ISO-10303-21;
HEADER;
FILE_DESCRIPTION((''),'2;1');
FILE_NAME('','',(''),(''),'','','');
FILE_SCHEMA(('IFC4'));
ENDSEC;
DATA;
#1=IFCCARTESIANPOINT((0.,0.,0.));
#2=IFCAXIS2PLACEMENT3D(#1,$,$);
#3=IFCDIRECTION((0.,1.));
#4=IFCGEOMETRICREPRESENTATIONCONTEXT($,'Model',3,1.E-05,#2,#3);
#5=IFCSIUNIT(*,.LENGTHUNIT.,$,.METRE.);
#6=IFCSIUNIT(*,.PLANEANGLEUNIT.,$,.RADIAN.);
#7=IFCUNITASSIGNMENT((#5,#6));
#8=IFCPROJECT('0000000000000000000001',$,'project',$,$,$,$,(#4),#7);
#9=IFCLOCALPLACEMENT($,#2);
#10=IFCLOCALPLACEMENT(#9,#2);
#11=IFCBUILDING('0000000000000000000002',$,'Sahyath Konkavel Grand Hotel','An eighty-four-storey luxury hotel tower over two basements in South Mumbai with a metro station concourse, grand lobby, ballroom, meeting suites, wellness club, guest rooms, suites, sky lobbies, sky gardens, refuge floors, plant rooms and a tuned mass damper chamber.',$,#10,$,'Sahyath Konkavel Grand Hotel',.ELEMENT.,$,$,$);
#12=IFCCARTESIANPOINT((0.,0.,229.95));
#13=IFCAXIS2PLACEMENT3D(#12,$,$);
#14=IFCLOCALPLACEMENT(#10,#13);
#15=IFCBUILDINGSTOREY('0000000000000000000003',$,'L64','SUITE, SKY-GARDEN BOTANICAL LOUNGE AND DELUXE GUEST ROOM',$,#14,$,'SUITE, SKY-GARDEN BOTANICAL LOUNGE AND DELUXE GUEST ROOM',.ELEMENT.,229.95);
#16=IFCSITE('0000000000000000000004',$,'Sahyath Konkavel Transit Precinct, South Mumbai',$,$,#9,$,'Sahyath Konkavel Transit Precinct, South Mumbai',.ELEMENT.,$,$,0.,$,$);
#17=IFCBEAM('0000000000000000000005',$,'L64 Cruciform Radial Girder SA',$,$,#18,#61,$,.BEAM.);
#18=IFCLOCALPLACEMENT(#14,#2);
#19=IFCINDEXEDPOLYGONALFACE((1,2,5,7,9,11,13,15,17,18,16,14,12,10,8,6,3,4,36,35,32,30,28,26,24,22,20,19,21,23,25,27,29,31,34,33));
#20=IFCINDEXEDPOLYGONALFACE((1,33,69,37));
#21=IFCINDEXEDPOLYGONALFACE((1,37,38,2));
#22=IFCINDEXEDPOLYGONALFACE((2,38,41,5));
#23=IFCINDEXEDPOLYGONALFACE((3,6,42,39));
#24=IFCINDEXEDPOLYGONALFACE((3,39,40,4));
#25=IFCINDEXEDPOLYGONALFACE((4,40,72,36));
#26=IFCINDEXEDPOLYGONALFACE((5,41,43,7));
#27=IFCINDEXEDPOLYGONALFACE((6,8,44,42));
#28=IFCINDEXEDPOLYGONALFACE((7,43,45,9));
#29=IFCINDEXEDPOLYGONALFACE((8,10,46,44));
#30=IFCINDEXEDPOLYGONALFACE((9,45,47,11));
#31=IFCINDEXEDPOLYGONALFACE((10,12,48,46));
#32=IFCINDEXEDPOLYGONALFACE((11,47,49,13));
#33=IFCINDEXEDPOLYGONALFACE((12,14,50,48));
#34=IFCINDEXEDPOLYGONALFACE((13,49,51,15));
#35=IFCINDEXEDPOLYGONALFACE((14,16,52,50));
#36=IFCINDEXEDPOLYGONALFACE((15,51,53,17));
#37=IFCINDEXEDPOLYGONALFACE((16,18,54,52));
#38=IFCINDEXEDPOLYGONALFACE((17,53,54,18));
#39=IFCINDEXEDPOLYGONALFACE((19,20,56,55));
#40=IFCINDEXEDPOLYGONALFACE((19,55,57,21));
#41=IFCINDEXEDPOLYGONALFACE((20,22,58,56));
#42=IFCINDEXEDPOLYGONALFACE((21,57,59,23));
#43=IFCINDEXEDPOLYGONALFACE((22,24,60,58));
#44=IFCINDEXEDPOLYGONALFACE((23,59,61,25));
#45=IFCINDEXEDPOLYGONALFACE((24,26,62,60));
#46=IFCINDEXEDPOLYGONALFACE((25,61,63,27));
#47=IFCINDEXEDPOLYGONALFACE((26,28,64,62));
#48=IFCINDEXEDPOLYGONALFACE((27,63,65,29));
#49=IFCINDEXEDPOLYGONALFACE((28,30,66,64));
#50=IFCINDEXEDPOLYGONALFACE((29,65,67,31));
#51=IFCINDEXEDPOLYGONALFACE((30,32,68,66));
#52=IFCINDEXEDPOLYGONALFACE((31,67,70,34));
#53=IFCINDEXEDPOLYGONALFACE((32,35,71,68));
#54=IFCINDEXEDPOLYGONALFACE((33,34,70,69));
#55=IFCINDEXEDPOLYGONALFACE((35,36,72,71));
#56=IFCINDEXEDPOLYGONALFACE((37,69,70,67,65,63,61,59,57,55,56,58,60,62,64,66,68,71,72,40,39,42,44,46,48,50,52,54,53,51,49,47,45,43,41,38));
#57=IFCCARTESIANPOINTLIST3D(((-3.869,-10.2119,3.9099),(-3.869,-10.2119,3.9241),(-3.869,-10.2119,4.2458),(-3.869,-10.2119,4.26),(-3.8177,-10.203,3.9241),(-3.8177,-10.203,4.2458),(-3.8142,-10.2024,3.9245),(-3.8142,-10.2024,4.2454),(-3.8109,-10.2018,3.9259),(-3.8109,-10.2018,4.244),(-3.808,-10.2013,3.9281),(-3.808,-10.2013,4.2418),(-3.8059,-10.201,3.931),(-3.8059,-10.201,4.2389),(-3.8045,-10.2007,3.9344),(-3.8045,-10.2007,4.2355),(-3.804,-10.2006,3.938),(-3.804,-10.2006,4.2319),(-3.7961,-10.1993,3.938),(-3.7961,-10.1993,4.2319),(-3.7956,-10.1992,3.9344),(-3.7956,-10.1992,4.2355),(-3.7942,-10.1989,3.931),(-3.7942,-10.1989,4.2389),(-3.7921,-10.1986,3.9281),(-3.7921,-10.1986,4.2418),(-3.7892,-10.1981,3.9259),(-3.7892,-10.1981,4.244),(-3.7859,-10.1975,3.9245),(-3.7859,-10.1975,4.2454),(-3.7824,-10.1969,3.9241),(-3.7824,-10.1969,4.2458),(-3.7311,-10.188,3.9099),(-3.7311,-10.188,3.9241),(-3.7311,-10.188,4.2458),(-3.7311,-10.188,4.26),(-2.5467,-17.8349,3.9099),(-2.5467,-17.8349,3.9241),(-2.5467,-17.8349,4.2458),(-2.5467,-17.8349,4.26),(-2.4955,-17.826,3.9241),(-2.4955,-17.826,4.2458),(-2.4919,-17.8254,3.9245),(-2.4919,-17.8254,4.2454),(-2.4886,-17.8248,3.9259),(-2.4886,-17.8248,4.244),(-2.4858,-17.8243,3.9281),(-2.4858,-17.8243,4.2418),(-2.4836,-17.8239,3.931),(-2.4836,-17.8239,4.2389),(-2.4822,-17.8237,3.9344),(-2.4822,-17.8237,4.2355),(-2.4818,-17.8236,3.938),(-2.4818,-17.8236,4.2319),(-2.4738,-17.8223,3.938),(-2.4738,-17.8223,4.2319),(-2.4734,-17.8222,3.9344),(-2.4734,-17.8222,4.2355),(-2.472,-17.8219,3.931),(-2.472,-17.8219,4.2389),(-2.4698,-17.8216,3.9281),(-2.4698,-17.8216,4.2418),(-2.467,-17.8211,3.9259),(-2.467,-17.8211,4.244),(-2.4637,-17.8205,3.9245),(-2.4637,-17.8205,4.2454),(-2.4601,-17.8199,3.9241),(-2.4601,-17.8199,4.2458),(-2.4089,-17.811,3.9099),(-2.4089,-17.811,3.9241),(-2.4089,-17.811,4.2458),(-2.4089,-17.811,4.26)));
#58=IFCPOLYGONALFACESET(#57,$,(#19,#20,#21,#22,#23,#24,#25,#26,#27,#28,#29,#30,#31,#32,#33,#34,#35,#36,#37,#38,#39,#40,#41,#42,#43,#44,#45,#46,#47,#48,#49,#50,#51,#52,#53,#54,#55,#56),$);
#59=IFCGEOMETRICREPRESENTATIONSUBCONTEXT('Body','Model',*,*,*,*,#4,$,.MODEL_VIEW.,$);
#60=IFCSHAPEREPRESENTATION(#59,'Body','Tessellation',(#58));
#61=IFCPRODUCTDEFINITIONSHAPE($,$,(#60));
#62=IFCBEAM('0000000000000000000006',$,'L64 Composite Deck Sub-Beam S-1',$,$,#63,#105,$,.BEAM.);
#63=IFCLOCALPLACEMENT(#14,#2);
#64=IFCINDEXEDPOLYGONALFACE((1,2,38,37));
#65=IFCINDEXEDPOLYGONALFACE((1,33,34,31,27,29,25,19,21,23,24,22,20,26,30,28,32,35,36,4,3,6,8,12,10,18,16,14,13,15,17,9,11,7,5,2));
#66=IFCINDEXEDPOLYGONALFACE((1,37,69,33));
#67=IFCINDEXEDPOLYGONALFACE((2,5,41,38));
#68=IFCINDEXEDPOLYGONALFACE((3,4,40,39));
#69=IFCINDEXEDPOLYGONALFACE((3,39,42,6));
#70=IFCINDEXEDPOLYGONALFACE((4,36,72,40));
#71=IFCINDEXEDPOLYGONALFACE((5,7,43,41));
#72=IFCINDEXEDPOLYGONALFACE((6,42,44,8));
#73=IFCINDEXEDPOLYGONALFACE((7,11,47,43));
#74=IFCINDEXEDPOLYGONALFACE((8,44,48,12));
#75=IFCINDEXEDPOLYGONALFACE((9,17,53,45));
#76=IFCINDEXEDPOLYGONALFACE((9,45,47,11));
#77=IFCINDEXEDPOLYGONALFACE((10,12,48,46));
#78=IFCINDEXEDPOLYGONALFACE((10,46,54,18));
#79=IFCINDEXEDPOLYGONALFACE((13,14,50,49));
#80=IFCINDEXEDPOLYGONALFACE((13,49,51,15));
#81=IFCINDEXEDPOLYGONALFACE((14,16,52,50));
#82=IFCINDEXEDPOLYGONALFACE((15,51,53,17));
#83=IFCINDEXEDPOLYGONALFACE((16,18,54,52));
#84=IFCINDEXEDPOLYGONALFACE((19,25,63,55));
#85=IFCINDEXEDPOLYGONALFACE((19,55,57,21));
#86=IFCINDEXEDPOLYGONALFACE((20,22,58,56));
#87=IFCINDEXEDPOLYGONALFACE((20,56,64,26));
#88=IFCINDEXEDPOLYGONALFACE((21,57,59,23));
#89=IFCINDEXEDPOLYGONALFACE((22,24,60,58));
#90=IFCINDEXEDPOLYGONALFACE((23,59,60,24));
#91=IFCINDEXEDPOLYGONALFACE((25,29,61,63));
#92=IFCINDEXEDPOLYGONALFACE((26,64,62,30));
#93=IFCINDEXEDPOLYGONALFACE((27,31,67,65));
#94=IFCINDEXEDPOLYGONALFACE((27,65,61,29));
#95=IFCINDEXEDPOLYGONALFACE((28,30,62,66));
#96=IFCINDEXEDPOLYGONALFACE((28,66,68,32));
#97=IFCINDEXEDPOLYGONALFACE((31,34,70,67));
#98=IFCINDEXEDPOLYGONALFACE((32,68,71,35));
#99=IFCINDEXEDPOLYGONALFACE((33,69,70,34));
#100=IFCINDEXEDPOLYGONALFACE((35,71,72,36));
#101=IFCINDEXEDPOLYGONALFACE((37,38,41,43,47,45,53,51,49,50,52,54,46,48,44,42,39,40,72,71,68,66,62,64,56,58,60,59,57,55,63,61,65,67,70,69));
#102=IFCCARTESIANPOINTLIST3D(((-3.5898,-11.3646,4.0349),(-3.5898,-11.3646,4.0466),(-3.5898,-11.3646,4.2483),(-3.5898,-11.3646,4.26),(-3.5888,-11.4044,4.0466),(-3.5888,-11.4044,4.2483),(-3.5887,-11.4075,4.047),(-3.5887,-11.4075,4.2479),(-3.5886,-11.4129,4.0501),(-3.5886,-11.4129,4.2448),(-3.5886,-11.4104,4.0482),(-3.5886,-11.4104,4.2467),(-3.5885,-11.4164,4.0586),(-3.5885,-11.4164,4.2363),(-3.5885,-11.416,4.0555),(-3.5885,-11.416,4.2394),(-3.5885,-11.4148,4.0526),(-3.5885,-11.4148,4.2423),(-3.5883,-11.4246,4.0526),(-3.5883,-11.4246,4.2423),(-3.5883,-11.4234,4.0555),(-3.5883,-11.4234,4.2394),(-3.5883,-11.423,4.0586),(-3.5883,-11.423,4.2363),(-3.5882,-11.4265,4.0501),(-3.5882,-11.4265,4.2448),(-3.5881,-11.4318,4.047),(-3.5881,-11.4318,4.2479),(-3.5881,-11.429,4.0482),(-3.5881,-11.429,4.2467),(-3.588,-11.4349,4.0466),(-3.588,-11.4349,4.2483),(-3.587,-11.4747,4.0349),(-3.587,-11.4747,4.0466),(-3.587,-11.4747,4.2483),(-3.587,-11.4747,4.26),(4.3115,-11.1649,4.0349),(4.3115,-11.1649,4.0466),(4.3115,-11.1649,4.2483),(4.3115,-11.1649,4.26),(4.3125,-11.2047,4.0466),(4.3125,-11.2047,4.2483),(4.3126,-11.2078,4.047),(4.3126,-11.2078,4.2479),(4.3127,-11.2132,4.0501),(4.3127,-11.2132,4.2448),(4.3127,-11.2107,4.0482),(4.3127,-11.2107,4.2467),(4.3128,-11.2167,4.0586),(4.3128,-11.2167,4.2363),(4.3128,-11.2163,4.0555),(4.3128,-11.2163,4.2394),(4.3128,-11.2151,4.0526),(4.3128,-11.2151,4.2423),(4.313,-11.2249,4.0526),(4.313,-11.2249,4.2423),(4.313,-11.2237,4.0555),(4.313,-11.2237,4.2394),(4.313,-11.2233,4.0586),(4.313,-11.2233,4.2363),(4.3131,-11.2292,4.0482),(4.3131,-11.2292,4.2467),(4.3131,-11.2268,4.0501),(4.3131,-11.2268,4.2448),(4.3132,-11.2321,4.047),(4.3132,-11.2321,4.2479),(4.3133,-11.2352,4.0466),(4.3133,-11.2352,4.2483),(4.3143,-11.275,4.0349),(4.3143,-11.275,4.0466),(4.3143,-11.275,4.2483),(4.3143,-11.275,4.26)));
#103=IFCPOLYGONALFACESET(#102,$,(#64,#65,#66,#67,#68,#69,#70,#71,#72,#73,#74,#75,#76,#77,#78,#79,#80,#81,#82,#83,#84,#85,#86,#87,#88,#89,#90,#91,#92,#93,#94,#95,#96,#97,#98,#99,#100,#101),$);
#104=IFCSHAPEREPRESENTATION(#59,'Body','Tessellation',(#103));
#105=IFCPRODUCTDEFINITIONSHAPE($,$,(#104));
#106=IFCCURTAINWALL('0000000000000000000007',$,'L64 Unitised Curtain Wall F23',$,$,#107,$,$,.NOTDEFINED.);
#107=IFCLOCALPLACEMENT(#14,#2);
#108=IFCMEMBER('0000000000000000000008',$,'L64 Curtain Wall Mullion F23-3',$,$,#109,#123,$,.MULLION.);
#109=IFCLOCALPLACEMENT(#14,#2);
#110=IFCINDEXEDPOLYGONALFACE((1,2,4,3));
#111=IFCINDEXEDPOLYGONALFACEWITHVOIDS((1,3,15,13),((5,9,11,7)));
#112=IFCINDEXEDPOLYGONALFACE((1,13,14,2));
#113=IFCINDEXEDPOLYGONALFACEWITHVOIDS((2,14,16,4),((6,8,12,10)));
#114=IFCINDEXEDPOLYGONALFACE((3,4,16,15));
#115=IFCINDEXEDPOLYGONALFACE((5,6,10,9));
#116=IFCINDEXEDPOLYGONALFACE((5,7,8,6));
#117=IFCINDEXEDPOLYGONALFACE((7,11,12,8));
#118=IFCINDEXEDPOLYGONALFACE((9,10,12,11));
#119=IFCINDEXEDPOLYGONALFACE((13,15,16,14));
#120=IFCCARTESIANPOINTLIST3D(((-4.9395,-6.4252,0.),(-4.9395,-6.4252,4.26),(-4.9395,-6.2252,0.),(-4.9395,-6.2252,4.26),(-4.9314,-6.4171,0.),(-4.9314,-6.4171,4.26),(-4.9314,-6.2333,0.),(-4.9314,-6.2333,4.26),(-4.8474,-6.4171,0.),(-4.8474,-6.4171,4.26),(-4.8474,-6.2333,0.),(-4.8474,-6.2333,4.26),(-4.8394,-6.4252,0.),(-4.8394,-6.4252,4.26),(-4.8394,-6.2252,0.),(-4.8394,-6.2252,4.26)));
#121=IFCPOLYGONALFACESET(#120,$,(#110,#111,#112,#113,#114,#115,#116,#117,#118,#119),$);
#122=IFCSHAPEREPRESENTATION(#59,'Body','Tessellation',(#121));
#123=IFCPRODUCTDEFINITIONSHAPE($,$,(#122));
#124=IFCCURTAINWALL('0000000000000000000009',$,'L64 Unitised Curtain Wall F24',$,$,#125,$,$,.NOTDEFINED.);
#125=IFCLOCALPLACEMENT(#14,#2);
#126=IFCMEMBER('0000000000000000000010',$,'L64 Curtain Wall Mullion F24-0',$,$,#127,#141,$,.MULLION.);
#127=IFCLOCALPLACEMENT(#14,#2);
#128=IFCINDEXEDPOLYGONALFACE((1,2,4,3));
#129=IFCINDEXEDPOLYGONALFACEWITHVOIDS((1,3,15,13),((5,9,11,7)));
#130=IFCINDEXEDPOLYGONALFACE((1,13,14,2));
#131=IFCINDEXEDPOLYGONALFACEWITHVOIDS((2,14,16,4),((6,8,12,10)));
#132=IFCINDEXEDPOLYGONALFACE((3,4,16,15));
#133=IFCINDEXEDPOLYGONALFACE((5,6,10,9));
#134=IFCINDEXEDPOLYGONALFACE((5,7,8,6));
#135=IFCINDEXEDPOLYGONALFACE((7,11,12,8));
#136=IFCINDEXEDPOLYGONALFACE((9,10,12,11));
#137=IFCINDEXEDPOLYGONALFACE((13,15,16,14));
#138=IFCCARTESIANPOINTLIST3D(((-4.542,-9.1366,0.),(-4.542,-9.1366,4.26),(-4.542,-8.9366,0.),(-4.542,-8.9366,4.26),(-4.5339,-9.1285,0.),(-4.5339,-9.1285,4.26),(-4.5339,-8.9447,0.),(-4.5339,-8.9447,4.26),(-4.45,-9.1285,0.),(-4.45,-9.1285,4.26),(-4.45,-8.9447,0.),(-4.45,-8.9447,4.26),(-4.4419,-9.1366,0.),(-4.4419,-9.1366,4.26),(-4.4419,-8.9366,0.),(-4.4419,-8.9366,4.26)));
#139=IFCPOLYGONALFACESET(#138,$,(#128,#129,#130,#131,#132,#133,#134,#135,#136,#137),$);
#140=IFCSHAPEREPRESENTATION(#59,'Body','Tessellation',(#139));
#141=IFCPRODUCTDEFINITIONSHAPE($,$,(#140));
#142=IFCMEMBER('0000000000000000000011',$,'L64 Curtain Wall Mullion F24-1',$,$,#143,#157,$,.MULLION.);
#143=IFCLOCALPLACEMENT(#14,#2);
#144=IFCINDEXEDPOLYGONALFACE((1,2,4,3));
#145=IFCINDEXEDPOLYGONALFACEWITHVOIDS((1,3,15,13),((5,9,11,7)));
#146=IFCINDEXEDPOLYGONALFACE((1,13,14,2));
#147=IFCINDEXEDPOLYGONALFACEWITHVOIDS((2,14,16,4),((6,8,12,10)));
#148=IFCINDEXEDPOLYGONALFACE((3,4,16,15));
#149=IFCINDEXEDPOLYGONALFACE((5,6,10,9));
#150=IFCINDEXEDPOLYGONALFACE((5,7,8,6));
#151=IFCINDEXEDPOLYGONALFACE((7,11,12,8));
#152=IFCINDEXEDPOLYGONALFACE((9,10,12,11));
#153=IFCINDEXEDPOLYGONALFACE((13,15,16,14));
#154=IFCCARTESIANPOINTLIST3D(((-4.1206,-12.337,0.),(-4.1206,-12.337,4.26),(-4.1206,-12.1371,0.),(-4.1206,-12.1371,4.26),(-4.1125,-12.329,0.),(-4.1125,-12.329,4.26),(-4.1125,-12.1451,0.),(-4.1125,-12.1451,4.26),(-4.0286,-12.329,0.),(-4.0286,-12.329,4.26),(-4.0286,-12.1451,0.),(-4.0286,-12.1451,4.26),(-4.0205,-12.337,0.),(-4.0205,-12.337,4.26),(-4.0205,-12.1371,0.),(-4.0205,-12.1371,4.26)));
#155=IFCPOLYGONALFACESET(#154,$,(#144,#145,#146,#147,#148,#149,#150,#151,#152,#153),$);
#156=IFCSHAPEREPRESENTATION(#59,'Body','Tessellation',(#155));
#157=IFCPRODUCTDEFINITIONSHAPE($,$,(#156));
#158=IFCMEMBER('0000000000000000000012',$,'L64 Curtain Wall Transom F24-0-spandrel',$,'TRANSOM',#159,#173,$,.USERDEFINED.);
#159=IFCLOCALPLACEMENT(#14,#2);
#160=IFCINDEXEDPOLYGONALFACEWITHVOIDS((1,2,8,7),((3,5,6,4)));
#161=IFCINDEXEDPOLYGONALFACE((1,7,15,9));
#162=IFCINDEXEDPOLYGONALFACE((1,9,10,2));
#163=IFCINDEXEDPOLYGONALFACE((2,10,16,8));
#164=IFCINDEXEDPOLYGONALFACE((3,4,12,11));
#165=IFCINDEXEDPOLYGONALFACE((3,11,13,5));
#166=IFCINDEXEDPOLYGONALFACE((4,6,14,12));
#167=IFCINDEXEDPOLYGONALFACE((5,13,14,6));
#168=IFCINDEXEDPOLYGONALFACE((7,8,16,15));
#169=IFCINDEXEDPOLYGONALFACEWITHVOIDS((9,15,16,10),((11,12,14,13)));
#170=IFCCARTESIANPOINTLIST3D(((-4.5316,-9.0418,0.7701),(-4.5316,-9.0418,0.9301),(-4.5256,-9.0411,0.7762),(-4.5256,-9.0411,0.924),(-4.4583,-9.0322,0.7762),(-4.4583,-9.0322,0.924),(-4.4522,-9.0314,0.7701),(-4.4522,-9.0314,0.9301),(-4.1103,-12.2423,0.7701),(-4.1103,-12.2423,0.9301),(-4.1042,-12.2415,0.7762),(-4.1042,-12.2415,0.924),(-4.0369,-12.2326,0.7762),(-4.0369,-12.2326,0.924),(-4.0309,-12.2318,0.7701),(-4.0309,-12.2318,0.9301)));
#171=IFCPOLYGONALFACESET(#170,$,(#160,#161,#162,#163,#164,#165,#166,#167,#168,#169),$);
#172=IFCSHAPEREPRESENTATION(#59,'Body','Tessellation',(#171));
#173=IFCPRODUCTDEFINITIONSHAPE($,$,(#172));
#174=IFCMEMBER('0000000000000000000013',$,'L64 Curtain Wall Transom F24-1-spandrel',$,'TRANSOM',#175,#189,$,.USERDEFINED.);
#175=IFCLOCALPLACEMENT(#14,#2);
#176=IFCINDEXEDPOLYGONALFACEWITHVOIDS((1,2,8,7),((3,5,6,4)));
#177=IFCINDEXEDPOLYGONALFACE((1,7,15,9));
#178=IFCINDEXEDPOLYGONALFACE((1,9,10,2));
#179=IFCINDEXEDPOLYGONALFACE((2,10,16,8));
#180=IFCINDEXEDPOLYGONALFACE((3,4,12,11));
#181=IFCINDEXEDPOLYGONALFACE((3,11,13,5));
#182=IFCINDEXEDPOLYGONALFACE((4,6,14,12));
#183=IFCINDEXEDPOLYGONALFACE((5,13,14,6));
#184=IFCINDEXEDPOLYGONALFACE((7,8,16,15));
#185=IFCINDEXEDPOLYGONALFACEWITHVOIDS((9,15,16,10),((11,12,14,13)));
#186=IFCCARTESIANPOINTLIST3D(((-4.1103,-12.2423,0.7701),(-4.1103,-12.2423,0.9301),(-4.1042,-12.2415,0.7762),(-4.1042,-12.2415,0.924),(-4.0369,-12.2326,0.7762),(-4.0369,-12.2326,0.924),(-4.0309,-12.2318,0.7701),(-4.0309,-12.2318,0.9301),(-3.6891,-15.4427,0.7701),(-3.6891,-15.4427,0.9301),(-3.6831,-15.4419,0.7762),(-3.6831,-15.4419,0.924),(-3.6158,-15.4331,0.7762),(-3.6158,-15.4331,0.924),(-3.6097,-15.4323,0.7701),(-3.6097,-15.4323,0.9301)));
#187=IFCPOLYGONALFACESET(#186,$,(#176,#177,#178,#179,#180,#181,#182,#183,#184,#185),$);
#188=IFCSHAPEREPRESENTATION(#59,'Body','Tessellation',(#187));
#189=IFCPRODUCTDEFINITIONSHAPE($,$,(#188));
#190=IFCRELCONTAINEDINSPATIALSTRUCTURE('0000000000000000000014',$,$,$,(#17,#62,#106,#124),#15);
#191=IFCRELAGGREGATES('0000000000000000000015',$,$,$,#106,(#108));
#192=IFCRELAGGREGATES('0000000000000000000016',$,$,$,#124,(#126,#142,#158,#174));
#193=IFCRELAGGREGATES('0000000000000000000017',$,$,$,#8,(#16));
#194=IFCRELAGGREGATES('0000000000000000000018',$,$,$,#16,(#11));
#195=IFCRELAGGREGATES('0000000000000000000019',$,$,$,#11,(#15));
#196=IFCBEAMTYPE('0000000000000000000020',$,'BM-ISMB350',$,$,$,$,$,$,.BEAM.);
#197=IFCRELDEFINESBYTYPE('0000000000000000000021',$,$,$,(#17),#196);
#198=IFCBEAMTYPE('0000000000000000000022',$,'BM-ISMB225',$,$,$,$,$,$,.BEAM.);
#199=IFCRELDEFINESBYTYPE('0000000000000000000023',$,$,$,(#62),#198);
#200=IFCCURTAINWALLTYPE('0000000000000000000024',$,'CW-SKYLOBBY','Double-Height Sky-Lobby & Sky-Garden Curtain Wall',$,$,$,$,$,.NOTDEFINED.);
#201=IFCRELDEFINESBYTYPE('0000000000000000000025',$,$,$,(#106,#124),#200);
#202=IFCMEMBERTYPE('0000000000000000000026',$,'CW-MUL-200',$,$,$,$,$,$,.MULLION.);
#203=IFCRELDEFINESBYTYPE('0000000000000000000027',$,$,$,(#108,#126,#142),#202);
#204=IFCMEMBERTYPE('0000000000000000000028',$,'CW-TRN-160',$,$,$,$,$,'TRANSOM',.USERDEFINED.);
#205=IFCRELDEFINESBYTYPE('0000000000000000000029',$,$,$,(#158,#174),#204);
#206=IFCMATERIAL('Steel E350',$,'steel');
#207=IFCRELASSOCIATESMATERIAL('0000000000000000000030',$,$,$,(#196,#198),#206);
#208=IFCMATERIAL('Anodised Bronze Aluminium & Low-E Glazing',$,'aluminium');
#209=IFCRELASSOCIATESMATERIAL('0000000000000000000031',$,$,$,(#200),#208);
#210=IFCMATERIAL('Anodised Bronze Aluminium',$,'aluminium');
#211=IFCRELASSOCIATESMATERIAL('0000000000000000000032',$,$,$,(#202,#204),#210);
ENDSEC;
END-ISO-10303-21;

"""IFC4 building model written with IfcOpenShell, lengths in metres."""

from ifc_helpers import new_model, si_unit, direction, frame, origin, origin_2d, place, context, subcontext, project, spatial, hollow_rectangle, i_section, extrude, source, transform, mapped, material, material_profile, profile_set, type_object, element, aggregate, save


model = new_model("IFC4")

# Units and contexts
model_context = context("Model", 3, precision=1e-05, world=origin(), true_north=direction((0.0, 1.0)))
body_context = subcontext(model_context, "Body", "Model", "MODEL_VIEW")
ifc_project = project(units=[si_unit("LENGTHUNIT", "METRE"), si_unit("PLANEANGLEUNIT", "RADIAN")], contexts=[model_context])

# Site, building, storey
site_placement = place(None, origin())
site = spatial("IfcSite", under=ifc_project, at=site_placement, Name="Sahyath Konkavel Transit Precinct, South Mumbai", LongName="Sahyath Konkavel Transit Precinct, South Mumbai", CompositionType="ELEMENT", RefElevation=0.0)
building_placement = place(site_placement, origin())
building = spatial("IfcBuilding", under=site, at=building_placement, Name="Sahyath Konkavel Grand Hotel", Description="An eighty-four-storey luxury hotel tower over two basements in South Mumbai with a metro station concourse, grand lobby, ballroom, meeting suites, wellness club, guest rooms, suites, sky lobbies, sky gardens, refuge floors, plant rooms and a tuned mass damper chamber.", LongName="Sahyath Konkavel Grand Hotel", CompositionType="ELEMENT")
storey_placement = place(building_placement, frame((0.0, 0.0, 229.95)))
storey = spatial("IfcBuildingStorey", under=building, at=storey_placement, Name="L64", Description="SUITE, SKY-GARDEN BOTANICAL LOUNGE AND DELUXE GUEST ROOM", LongName="SUITE, SKY-GARDEN BOTANICAL LOUNGE AND DELUXE GUEST ROOM", CompositionType="ELEMENT", Elevation=229.95)

# Beams
ifc_material_1 = material(Name="Steel E350", Category="steel")
ifc_material_profile_1 = material_profile(ifc_material_1, i_section(OverallWidth=0.1399, OverallDepth=0.3501, WebThickness=0.0081, FlangeThickness=0.0142, FilletRadius=0.0139, at=origin_2d()), Name="ISMB 350")
ifc_profile_set_1 = profile_set([ifc_material_profile_1], Name="Steel E350")
beam_type_1 = type_object("IfcBeamType", Name="BM-ISMB350", PredefinedType="BEAM", material=ifc_profile_set_1)
shared_shape_1 = source(origin(), body_context, "Body", "SweptSolid", [
    extrude(i_section(OverallWidth=0.1399, OverallDepth=0.3501, WebThickness=0.0081, FlangeThickness=0.0142, FilletRadius=0.0139, at=origin_2d()), origin(), (0.0, 0.0, 1.0), 7.7368),
])
beam_1_placement = place(storey_placement, frame((-3.8, -10.2, 4.085), z_axis=(0.170904, -0.985288, 0.0), x_axis=(0.985288, 0.170904, 0.0)))
element("IfcBeam", 1, at=beam_1_placement, inside=storey, type_object=beam_type_1, Name="L64 Cruciform Radial Girder SA", PredefinedType="BEAM", context=body_context, shape_type="MappedRepresentation", body=[
    mapped(shared_shape_1, transform((0.0, 0.0, 0.0), scale=1.0)),
])
ifc_material_profile_2 = material_profile(ifc_material_1, i_section(OverallWidth=0.1101, OverallDepth=0.2251, WebThickness=0.0066, FlangeThickness=0.0117, FilletRadius=0.012, at=origin_2d()), Name="ISMB 225")
ifc_profile_set_2 = profile_set([ifc_material_profile_2], Name="Steel E350")
beam_type_2 = type_object("IfcBeamType", Name="BM-ISMB225", PredefinedType="BEAM", material=ifc_profile_set_2)
shared_shape_2 = source(origin(), body_context, "Body", "SweptSolid", [
    extrude(i_section(OverallWidth=0.1101, OverallDepth=0.2251, WebThickness=0.0066, FlangeThickness=0.0117, FilletRadius=0.012, at=origin_2d()), origin(), (0.0, 0.0, 1.0), 7.9038),
])
beam_2_placement = place(storey_placement, frame((-3.5884, -11.4197, 4.1475), z_axis=(0.999681, 0.025267, 0.0), x_axis=(-0.025267, 0.999681, 0.0)))
element("IfcBeam", 2, at=beam_2_placement, inside=storey, type_object=beam_type_2, Name="L64 Composite Deck Sub-Beam S-1", PredefinedType="BEAM", context=body_context, shape_type="MappedRepresentation", body=[
    mapped(shared_shape_2, transform((0.0, 0.0, 0.0), scale=1.0)),
])

# Curtain wall, member
ifc_material_2 = material(Name="Anodised Bronze Aluminium & Low-E Glazing", Category="aluminium")
curtain_wall_type = type_object("IfcCurtainWallType", Name="CW-SKYLOBBY", Description="Double-Height Sky-Lobby & Sky-Garden Curtain Wall", PredefinedType="NOTDEFINED", material=ifc_material_2)
curtain_wall_1_placement = place(storey_placement, origin())
curtain_wall_1 = element("IfcCurtainWall", 3, at=curtain_wall_1_placement, inside=storey, type_object=curtain_wall_type, Name="L64 Unitised Curtain Wall F23", PredefinedType="NOTDEFINED")
ifc_material_3 = material(Name="Anodised Bronze Aluminium", Category="aluminium")
ifc_material_profile_3 = material_profile(ifc_material_3, hollow_rectangle(XDim=0.1001, YDim=0.2, WallThickness=0.0081, at=origin_2d()), Name="RHS 200x100x8")
ifc_profile_set_3 = profile_set([ifc_material_profile_3], Name="Anodised Bronze Aluminium")
member_type_1 = type_object("IfcMemberType", Name="CW-MUL-200", PredefinedType="MULLION", material=ifc_profile_set_3)
shared_shape_3 = source(origin(), body_context, "Body", "SweptSolid", [
    extrude(hollow_rectangle(XDim=0.1001, YDim=0.2, WallThickness=0.0081, at=origin_2d()), origin(), (0.0, 0.0, 1.0), 4.26),
])
member_1_placement = place(storey_placement, frame((-4.8894, -6.3252, 0.0), z_axis=(0.0, 0.0, 1.0), x_axis=(1.0, 0.0, 0.0)))
member_1 = element("IfcMember", 4, at=member_1_placement, type_object=member_type_1, Name="L64 Curtain Wall Mullion F23-3", PredefinedType="MULLION", context=body_context, shape_type="MappedRepresentation", body=[
    mapped(shared_shape_3, transform((0.0, 0.0, 0.0), scale=1.0)),
])
aggregate(curtain_wall_1, [member_1])

# Curtain wall, members
curtain_wall_2_placement = place(storey_placement, origin())
curtain_wall_2 = element("IfcCurtainWall", 5, at=curtain_wall_2_placement, inside=storey, type_object=curtain_wall_type, Name="L64 Unitised Curtain Wall F24", PredefinedType="NOTDEFINED")
member_2_placement = place(storey_placement, frame((-4.4919, -9.0366, 0.0), z_axis=(0.0, 0.0, 1.0), x_axis=(1.0, 0.0, 0.0)))
member_2 = element("IfcMember", 6, at=member_2_placement, type_object=member_type_1, Name="L64 Curtain Wall Mullion F24-0", PredefinedType="MULLION", context=body_context, shape_type="MappedRepresentation", body=[
    mapped(shared_shape_3, transform((0.0, 0.0, 0.0), scale=1.0)),
])
member_3_placement = place(storey_placement, frame((-4.0706, -12.2371, 0.0), z_axis=(0.0, 0.0, 1.0), x_axis=(1.0, 0.0, 0.0)))
member_3 = element("IfcMember", 7, at=member_3_placement, type_object=member_type_1, Name="L64 Curtain Wall Mullion F24-1", PredefinedType="MULLION", context=body_context, shape_type="MappedRepresentation", body=[
    mapped(shared_shape_3, transform((0.0, 0.0, 0.0), scale=1.0)),
])
ifc_material_profile_4 = material_profile(ifc_material_3, hollow_rectangle(XDim=0.0801, YDim=0.1599, WallThickness=0.0061, at=origin_2d()), Name="RHS 160x80x6")
ifc_profile_set_4 = profile_set([ifc_material_profile_4], Name="Anodised Bronze Aluminium")
member_type_2 = type_object("IfcMemberType", Name="CW-TRN-160", ElementType="TRANSOM", PredefinedType="USERDEFINED", material=ifc_profile_set_4)
shared_shape_4 = source(origin(), body_context, "Body", "SweptSolid", [
    extrude(hollow_rectangle(XDim=0.0801, YDim=0.1599, WallThickness=0.0061, at=origin_2d()), origin(), (0.0, 0.0, 1.0), 3.228),
])
member_4_placement = place(storey_placement, frame((-4.4919, -9.0366, 0.8501), z_axis=(0.130539, -0.991443, 0.0), x_axis=(0.991443, 0.130539, 0.0)))
member_4 = element("IfcMember", 8, at=member_4_placement, type_object=member_type_2, Name="L64 Curtain Wall Transom F24-0-spandrel", ObjectType="TRANSOM", PredefinedType="USERDEFINED", context=body_context, shape_type="MappedRepresentation", body=[
    mapped(shared_shape_4, transform((0.0, 0.0, 0.0), scale=1.0)),
])
member_5_placement = place(storey_placement, frame((-4.0706, -12.2371, 0.8501), z_axis=(0.130464, -0.991453, 0.0), x_axis=(0.991453, 0.130464, 0.0)))
member_5 = element("IfcMember", 9, at=member_5_placement, type_object=member_type_2, Name="L64 Curtain Wall Transom F24-1-spandrel", ObjectType="TRANSOM", PredefinedType="USERDEFINED", context=body_context, shape_type="MappedRepresentation", body=[
    mapped(shared_shape_4, transform((0.0, 0.0, 0.0), scale=1.0)),
])
aggregate(curtain_wall_2, [member_2, member_3, member_4, member_5])

save(model, "model.ifc")
